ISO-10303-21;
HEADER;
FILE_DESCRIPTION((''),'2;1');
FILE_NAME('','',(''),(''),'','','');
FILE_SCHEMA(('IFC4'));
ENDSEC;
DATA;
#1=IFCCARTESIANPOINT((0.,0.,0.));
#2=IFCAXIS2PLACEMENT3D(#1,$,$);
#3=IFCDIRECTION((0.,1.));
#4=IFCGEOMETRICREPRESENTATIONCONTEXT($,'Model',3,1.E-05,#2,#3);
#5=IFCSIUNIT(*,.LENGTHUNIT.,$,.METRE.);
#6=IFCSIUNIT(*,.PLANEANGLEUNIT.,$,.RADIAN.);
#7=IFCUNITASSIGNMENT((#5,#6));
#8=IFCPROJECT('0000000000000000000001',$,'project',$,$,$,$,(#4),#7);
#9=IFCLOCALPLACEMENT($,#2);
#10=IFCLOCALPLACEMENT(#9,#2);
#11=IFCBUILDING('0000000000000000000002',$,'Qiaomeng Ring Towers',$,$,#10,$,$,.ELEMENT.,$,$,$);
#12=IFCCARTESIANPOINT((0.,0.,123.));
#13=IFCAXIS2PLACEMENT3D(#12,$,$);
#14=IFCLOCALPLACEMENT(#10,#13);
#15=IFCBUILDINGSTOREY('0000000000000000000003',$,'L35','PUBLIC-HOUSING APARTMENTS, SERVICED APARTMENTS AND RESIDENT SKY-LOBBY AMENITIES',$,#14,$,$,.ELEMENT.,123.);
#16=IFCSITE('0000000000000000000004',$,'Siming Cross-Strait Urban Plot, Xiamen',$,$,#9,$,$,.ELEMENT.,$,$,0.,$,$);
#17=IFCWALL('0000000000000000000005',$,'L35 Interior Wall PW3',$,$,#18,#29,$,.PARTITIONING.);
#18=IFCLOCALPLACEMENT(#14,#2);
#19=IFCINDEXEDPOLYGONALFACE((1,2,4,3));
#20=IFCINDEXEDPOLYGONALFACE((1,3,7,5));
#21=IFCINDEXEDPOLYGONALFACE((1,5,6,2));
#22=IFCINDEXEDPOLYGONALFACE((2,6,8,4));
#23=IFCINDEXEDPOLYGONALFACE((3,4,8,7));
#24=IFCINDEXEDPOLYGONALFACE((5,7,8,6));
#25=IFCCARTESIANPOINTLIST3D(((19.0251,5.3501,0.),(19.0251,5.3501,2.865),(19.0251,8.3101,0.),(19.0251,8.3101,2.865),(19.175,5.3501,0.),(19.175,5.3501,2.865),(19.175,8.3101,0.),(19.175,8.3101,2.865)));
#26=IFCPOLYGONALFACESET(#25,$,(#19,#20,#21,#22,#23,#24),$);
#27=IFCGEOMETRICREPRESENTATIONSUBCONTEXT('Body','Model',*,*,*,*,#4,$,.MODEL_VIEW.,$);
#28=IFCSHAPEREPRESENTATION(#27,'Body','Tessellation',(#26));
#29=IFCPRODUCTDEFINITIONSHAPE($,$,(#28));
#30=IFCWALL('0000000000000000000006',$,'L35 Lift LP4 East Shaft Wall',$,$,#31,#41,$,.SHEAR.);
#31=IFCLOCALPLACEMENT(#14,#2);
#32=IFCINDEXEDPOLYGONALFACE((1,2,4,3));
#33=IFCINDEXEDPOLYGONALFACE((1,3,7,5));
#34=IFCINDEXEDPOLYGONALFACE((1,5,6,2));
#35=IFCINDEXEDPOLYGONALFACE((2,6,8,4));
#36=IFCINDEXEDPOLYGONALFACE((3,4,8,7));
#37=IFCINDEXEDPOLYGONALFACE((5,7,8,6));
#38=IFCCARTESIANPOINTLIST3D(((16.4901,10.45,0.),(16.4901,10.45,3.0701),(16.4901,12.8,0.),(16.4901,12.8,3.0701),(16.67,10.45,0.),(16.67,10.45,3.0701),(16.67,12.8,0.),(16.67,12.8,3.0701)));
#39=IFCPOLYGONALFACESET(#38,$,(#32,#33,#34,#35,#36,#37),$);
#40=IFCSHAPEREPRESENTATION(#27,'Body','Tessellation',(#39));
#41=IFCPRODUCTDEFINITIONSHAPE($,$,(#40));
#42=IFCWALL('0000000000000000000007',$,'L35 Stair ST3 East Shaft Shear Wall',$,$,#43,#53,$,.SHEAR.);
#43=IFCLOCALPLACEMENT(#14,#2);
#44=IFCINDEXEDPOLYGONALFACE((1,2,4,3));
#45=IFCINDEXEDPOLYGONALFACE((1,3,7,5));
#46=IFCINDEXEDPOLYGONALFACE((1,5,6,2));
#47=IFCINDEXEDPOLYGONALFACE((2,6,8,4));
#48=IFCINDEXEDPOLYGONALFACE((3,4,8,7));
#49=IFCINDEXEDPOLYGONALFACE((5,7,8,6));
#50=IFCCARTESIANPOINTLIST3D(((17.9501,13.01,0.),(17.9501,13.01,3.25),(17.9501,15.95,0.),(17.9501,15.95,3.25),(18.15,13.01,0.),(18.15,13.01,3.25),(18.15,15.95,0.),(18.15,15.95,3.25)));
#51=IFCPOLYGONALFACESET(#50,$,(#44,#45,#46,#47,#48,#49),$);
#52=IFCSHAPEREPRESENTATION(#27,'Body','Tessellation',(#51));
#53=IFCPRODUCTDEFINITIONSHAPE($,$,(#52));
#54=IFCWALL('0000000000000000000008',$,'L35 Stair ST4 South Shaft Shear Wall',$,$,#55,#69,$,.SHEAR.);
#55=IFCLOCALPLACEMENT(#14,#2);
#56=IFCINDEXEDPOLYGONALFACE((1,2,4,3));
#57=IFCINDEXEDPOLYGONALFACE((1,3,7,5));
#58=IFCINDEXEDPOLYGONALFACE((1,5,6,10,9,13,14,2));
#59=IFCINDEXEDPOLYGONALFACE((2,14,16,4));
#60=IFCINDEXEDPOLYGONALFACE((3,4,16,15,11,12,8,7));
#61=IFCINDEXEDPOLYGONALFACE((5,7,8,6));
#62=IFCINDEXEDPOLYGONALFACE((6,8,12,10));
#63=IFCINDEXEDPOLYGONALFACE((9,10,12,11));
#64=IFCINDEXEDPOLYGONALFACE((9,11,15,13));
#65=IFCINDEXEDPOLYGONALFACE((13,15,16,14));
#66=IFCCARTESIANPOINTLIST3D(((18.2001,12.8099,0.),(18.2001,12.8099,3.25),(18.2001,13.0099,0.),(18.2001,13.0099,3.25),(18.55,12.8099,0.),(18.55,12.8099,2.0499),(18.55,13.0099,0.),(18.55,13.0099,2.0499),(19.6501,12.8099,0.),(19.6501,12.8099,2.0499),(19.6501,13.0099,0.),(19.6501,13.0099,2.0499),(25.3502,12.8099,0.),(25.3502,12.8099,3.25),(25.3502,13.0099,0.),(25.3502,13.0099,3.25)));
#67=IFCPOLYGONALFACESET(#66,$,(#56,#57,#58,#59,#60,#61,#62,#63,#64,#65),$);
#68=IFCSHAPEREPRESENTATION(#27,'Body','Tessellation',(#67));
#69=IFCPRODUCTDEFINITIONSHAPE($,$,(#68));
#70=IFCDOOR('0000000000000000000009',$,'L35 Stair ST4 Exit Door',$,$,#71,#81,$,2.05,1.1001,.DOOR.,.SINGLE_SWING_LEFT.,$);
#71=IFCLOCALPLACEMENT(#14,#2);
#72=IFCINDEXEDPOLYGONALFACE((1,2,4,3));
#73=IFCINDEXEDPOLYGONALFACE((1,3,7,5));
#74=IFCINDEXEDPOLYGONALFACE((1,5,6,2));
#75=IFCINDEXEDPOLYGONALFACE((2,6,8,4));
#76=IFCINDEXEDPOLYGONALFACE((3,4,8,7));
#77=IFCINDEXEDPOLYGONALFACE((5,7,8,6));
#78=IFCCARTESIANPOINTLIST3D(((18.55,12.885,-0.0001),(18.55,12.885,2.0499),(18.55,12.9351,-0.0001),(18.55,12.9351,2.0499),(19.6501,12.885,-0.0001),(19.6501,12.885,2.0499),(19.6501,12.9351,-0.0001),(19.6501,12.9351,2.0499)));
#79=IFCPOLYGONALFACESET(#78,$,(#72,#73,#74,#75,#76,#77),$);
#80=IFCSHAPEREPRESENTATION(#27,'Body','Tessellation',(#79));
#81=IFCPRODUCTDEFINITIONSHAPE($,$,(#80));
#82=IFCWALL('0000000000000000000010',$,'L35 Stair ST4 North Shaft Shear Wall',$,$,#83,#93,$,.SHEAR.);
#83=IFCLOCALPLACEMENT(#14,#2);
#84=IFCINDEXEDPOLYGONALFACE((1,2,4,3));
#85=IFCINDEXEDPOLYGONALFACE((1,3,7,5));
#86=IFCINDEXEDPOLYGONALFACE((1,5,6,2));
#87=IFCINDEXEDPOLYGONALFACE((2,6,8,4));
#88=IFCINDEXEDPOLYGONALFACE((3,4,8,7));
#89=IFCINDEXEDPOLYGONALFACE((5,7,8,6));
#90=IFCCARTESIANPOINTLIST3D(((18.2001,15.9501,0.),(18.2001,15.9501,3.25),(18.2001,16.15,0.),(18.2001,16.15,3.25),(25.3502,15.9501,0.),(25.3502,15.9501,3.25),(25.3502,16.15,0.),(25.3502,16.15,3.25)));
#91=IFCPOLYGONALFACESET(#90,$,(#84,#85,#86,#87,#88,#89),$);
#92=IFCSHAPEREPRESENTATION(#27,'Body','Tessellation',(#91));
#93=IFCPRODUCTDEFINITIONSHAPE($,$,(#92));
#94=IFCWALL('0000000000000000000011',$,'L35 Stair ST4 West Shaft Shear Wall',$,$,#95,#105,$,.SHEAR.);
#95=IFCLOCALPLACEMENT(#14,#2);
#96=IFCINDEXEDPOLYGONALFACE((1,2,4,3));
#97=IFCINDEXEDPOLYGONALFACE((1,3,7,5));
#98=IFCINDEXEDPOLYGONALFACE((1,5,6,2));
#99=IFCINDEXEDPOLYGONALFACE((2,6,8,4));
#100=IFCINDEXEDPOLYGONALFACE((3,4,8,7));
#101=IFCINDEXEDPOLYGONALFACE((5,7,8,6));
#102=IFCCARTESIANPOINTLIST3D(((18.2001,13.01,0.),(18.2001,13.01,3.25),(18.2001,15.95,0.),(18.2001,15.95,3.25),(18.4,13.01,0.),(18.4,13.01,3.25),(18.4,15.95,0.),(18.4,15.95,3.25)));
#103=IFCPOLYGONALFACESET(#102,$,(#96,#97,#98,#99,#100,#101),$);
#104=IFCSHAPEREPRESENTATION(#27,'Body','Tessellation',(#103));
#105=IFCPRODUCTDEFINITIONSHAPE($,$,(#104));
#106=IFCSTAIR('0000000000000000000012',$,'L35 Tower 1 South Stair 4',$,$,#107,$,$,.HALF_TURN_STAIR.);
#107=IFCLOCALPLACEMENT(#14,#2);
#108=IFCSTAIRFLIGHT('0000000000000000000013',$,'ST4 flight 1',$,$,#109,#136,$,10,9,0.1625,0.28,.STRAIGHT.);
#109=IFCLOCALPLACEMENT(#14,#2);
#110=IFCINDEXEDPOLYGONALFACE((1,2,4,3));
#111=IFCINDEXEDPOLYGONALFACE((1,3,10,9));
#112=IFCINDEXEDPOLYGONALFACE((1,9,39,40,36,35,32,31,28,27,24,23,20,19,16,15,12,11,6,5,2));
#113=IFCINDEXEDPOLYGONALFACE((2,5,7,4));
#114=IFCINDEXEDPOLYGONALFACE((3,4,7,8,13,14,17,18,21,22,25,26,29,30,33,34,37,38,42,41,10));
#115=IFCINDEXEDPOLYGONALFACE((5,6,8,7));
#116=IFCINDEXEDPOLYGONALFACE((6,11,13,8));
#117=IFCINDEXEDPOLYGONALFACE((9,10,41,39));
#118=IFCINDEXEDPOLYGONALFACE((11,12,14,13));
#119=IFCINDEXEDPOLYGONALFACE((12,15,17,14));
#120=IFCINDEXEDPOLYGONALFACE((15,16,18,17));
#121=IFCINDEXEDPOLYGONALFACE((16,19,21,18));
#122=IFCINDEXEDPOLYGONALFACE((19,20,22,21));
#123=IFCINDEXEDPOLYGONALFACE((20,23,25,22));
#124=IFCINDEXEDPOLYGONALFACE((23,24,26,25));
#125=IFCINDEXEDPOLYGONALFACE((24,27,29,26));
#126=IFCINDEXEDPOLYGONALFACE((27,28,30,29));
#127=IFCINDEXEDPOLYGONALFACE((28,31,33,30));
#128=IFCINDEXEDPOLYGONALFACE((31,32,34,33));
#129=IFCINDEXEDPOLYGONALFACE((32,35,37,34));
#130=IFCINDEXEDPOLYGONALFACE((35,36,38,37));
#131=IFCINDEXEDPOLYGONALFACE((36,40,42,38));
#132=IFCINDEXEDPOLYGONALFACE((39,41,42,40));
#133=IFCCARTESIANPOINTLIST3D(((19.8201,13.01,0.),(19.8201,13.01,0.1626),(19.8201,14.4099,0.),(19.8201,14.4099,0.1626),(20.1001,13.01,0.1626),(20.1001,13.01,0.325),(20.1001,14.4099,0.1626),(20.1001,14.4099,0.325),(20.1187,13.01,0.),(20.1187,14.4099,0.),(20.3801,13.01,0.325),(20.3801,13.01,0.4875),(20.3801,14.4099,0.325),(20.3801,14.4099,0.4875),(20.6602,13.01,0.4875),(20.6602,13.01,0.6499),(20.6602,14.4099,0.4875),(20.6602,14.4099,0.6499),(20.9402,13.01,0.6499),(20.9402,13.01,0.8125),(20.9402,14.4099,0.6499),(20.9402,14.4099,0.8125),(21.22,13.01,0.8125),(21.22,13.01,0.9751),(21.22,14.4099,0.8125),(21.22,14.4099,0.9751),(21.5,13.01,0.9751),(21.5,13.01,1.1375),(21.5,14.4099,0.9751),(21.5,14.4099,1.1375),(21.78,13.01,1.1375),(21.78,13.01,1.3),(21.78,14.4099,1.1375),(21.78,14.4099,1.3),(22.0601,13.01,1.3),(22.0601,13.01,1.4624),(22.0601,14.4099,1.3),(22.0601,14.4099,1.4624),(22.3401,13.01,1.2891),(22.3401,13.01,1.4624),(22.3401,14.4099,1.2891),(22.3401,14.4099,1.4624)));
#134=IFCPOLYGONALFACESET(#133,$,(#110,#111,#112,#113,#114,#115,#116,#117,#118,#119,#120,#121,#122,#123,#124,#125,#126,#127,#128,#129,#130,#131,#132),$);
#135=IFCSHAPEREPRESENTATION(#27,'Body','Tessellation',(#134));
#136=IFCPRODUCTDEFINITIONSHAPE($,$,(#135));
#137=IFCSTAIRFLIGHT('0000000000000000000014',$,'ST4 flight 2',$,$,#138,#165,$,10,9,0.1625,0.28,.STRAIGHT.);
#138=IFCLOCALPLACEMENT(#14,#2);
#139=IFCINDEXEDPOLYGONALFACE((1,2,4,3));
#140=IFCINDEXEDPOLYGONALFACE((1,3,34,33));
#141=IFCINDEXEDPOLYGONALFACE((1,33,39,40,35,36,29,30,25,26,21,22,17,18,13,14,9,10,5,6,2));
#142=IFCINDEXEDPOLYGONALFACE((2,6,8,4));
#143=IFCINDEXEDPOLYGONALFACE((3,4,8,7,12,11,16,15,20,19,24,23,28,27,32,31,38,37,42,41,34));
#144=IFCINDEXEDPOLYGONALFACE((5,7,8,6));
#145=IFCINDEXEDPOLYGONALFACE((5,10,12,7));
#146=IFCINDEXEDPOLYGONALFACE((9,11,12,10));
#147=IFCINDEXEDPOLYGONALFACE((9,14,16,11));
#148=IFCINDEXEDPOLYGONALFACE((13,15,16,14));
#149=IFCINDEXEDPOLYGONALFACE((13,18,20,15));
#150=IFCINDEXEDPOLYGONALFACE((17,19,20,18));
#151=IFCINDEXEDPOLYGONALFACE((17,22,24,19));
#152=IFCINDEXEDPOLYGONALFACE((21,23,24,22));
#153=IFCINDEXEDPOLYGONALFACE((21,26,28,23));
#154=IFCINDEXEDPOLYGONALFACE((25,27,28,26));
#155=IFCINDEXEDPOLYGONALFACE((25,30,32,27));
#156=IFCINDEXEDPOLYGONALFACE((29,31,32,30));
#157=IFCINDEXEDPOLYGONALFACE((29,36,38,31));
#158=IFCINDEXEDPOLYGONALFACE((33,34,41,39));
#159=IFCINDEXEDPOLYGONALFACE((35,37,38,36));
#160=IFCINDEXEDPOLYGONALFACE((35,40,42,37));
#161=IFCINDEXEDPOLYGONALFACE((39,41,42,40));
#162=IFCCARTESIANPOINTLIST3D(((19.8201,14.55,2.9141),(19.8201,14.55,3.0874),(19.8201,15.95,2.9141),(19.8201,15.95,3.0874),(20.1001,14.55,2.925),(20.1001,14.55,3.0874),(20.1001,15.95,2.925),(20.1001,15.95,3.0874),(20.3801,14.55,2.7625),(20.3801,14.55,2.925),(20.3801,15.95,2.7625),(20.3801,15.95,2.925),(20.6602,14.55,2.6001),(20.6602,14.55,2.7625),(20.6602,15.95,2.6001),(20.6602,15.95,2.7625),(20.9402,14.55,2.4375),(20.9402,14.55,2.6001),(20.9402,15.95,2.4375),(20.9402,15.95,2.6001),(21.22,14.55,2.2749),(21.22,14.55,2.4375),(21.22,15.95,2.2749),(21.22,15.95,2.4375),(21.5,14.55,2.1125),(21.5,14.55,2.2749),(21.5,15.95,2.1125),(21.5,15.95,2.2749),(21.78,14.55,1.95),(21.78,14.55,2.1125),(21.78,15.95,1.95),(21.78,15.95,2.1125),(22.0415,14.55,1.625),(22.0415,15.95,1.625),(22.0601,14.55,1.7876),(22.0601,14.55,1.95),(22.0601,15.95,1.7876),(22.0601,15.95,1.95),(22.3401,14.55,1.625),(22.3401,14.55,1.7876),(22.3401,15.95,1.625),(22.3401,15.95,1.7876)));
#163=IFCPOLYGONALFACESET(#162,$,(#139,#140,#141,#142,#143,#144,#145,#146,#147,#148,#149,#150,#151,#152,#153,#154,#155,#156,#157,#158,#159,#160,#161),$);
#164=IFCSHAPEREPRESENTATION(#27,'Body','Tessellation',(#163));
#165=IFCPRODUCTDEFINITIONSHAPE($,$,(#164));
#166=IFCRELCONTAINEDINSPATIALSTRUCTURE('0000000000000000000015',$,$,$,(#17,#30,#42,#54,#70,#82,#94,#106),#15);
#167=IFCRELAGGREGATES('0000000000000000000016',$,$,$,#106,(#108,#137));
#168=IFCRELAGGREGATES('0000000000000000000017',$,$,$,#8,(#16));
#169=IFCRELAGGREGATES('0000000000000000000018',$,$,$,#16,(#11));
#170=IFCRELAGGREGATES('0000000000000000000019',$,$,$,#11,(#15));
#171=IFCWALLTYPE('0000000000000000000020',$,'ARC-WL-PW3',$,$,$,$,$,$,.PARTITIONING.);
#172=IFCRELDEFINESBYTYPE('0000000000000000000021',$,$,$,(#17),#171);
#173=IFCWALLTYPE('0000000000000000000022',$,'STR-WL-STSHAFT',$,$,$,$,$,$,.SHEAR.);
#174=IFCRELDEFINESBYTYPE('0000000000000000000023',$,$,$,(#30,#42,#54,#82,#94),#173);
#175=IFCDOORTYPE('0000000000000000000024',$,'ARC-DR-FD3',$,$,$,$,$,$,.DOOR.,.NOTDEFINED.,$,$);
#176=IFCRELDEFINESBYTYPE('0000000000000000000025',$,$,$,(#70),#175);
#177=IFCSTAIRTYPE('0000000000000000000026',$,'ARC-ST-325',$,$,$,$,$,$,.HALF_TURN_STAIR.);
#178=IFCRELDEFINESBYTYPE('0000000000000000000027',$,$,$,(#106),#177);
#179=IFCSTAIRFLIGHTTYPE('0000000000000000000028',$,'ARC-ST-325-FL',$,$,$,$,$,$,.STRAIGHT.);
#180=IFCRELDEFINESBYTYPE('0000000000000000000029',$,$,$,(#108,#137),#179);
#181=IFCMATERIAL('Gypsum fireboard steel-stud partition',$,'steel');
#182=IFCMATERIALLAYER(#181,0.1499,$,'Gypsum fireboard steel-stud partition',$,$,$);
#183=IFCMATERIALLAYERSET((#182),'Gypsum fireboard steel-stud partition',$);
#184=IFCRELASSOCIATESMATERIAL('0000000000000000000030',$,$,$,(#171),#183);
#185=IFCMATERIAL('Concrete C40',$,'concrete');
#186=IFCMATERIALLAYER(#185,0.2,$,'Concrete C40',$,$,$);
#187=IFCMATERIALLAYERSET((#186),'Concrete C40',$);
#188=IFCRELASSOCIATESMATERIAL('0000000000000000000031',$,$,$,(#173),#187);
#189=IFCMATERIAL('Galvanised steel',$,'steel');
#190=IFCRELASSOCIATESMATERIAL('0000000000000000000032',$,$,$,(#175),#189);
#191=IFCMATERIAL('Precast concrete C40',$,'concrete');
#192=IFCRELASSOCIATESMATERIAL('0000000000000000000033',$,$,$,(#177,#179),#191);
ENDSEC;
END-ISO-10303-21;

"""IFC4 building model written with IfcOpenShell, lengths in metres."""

from ifc_helpers import new_model, si_unit, direction, frame, frame_2d, origin, place, context, subcontext, project, spatial, polyline, rectangle, outline, extrude, source, transform, mapped, material, layer, layer_set, type_object, element, fill, aggregate, save


model = new_model("IFC4")

# Units and contexts
model_context = context("Model", 3, precision=1e-05, world=origin(), true_north=direction((0.0, 1.0)))
body_context = subcontext(model_context, "Body", "Model", "MODEL_VIEW")
ifc_project = project(units=[si_unit("LENGTHUNIT", "METRE"), si_unit("PLANEANGLEUNIT", "RADIAN")], contexts=[model_context])

# Site, building, storey
site_placement = place(None, origin())
site = spatial("IfcSite", under=ifc_project, at=site_placement, Name="Siming Cross-Strait Urban Plot, Xiamen", CompositionType="ELEMENT", RefElevation=0.0)
building_placement = place(site_placement, origin())
building = spatial("IfcBuilding", under=site, at=building_placement, Name="Qiaomeng Ring Towers", CompositionType="ELEMENT")
storey_placement = place(building_placement, frame((0.0, 0.0, 123.0)))
storey = spatial("IfcBuildingStorey", under=building, at=storey_placement, Name="L35", Description="PUBLIC-HOUSING APARTMENTS, SERVICED APARTMENTS AND RESIDENT SKY-LOBBY AMENITIES", CompositionType="ELEMENT", Elevation=123.0)

# Walls
ifc_material_1 = material(Name="Gypsum fireboard steel-stud partition", Category="steel")
ifc_layer_1 = layer(ifc_material_1, 0.1499, Name="Gypsum fireboard steel-stud partition")
ifc_layer_set_1 = layer_set([ifc_layer_1], Name="Gypsum fireboard steel-stud partition")
wall_type_1 = type_object("IfcWallType", Name="ARC-WL-PW3", PredefinedType="PARTITIONING", material=ifc_layer_set_1)
wall_1_placement = place(storey_placement, frame((19.1001, 5.3501, 0.0), z_axis=(0.0, 0.0, 1.0), x_axis=(0.0, 1.0, 0.0)))
element("IfcWall", 1, at=wall_1_placement, inside=storey, type_object=wall_type_1, Name="L35 Interior Wall PW3", PredefinedType="PARTITIONING", context=body_context, shape_type="SweptSolid", body=[
    extrude(rectangle(XDim=2.96, YDim=0.1499, at=frame_2d((1.48, 0.0))), origin(), (0.0, 0.0, 1.0), 2.865),
])
ifc_material_2 = material(Name="Concrete C40", Category="concrete")
ifc_layer_2 = layer(ifc_material_2, 0.2, Name="Concrete C40")
ifc_layer_set_2 = layer_set([ifc_layer_2], Name="Concrete C40")
wall_type_2 = type_object("IfcWallType", Name="STR-WL-STSHAFT", PredefinedType="SHEAR", material=ifc_layer_set_2)
wall_2_placement = place(storey_placement, frame((16.5801, 10.45, 0.0), z_axis=(0.0, 0.0, 1.0), x_axis=(0.0, 1.0, 0.0)))
element("IfcWall", 2, at=wall_2_placement, inside=storey, type_object=wall_type_2, Name="L35 Lift LP4 East Shaft Wall", PredefinedType="SHEAR", context=body_context, shape_type="SweptSolid", body=[
    extrude(rectangle(XDim=2.3501, YDim=0.1799, at=frame_2d((1.175, 0.0))), origin(), (0.0, 0.0, 1.0), 3.0701),
])
wall_3_placement = place(storey_placement, frame((18.05, 13.01, 0.0), z_axis=(0.0, 0.0, 1.0), x_axis=(0.0, 1.0, 0.0)))
element("IfcWall", 3, at=wall_3_placement, inside=storey, type_object=wall_type_2, Name="L35 Stair ST3 East Shaft Shear Wall", PredefinedType="SHEAR", context=body_context, shape_type="SweptSolid", body=[
    extrude(rectangle(XDim=2.9399, YDim=0.2, at=frame_2d((1.47, 0.0))), origin(), (0.0, 0.0, 1.0), 3.25),
])

# Wall, opening, door
wall_4_placement = place(storey_placement, frame((18.2, 12.9099, 0.0), z_axis=(0.0, 0.0, 1.0), x_axis=(1.0, 0.0, 0.0)))
wall_4 = element("IfcWall", 4, at=wall_4_placement, inside=storey, type_object=wall_type_2, Name="L35 Stair ST4 South Shaft Shear Wall", PredefinedType="SHEAR", context=body_context, shape_type="SweptSolid", body=[
    extrude(rectangle(XDim=7.1501, YDim=0.2, at=frame_2d((3.5752, 0.0))), origin(), (0.0, 0.0, 1.0), 3.25),
])
opening_placement = place(wall_4_placement, frame((0.3501, 0.0, 0.0)))
opening = element("IfcOpeningElement", 5, at=opening_placement, cuts=wall_4, PredefinedType="OPENING", context=body_context, shape_type="SweptSolid", body=[
    extrude(rectangle(XDim=1.1001, YDim=2.05, at=frame_2d((0.55, 1.0249))), frame((0.0, 0.1099, 0.0), z_axis=(0.0, -1.0, 0.0), x_axis=(1.0, 0.0, 0.0)), (0.0, 0.0, 1.0), 0.22),
])
ifc_material_3 = material(Name="Galvanised steel", Category="steel")
door_type = type_object("IfcDoorType", Name="ARC-DR-FD3", OperationType="NOTDEFINED", PredefinedType="DOOR", material=ifc_material_3)
shared_shape_1 = source(origin(), body_context, "Body", "SweptSolid", [
    extrude(rectangle(XDim=1.1001, YDim=2.05, at=frame_2d((0.55, 1.0249))), frame((0.0, 0.0249, 0.0), z_axis=(0.0, -1.0, 0.0), x_axis=(1.0, 0.0, 0.0)), (0.0, 0.0, 1.0), 0.05),
])
door_placement = place(opening_placement, frame((1.1001, 0.0, 0.0), z_axis=(0.0, 0.0, 1.0), x_axis=(-1.0, 0.0, 0.0)))
door = element("IfcDoor", 6, at=door_placement, inside=storey, type_object=door_type, Name="L35 Stair ST4 Exit Door", OperationType="SINGLE_SWING_LEFT", OverallHeight=2.05, OverallWidth=1.1001, PredefinedType="DOOR", context=body_context, shape_type="MappedRepresentation", body=[
    mapped(shared_shape_1, transform((0.0, 0.0, 0.0), x_axis=(1.0, 0.0, 0.0), y_axis=(0.0, 1.0, 0.0), z_axis=(0.0, 0.0, 1.0), scale=1.0)),
])
fill(opening, door)

# Walls
wall_5_placement = place(storey_placement, frame((18.2, 16.05, 0.0), z_axis=(0.0, 0.0, 1.0), x_axis=(1.0, 0.0, 0.0)))
element("IfcWall", 7, at=wall_5_placement, inside=storey, type_object=wall_type_2, Name="L35 Stair ST4 North Shaft Shear Wall", PredefinedType="SHEAR", context=body_context, shape_type="SweptSolid", body=[
    extrude(rectangle(XDim=7.1501, YDim=0.2, at=frame_2d((3.5752, 0.0))), origin(), (0.0, 0.0, 1.0), 3.25),
])
wall_6_placement = place(storey_placement, frame((18.3, 13.01, 0.0), z_axis=(0.0, 0.0, 1.0), x_axis=(0.0, 1.0, 0.0)))
element("IfcWall", 8, at=wall_6_placement, inside=storey, type_object=wall_type_2, Name="L35 Stair ST4 West Shaft Shear Wall", PredefinedType="SHEAR", context=body_context, shape_type="SweptSolid", body=[
    extrude(rectangle(XDim=2.9399, YDim=0.2, at=frame_2d((1.47, 0.0))), origin(), (0.0, 0.0, 1.0), 3.25),
])

# Stair, stair flights
ifc_material_4 = material(Name="Precast concrete C40", Category="concrete")
stair_type = type_object("IfcStairType", Name="ARC-ST-325", PredefinedType="HALF_TURN_STAIR", material=ifc_material_4)
stair_placement = place(storey_placement, origin())
stair = element("IfcStair", 9, at=stair_placement, inside=storey, type_object=stair_type, Name="L35 Tower 1 South Stair 4", PredefinedType="HALF_TURN_STAIR")
stair_flight_type = type_object("IfcStairFlightType", Name="ARC-ST-325-FL", PredefinedType="STRAIGHT", material=ifc_material_4)
shared_shape_2 = source(origin(), body_context, "Body", "SweptSolid", [
    extrude(outline(polyline([(0.0, 0.0), (0.0, 0.1626), (0.28, 0.1626), (0.28, 0.325), (0.5601, 0.325), (0.5601, 0.4875), (0.8401, 0.4875), (0.8401, 0.6499), (1.1201, 0.6499), (1.1201, 0.8125), (1.3999, 0.8125), (1.3999, 0.9751), (1.6799, 0.9751), (1.6799, 1.1375), (1.96, 1.1375), (1.96, 1.3), (2.24, 1.3), (2.24, 1.4624), (2.52, 1.4624), (2.52, 1.625), (2.52, 1.2891), (0.2986, 0.0), (0.0, 0.0)])), frame((0.0, 0.7, 0.0), z_axis=(0.0, -1.0, 0.0), x_axis=(1.0, 0.0, 0.0)), (0.0, 0.0, 1.0), 1.3999),
])
stair_flight_1_placement = place(storey_placement, frame((19.8201, 13.71, 0.0), z_axis=(0.0, 0.0, 1.0), x_axis=(1.0, 0.0, 0.0)))
stair_flight_1 = element("IfcStairFlight", 10, at=stair_flight_1_placement, type_object=stair_flight_type, Name="ST4 flight 1", NumberOfRisers=10, NumberOfTreads=9, PredefinedType="STRAIGHT", RiserHeight=0.1625, TreadLength=0.28, context=body_context, shape_type="MappedRepresentation", body=[
    mapped(shared_shape_2, transform((0.0, 0.0, 0.0), x_axis=(1.0, 0.0, 0.0), y_axis=(0.0, 1.0, 0.0), z_axis=(0.0, 0.0, 1.0), scale=1.0)),
])
stair_flight_2_placement = place(storey_placement, frame((22.3401, 15.25, 1.625), z_axis=(0.0, 0.0, 1.0), x_axis=(-1.0, 0.0, 0.0)))
stair_flight_2 = element("IfcStairFlight", 11, at=stair_flight_2_placement, type_object=stair_flight_type, Name="ST4 flight 2", NumberOfRisers=10, NumberOfTreads=9, PredefinedType="STRAIGHT", RiserHeight=0.1625, TreadLength=0.28, context=body_context, shape_type="MappedRepresentation", body=[
    mapped(shared_shape_2, transform((0.0, 0.0, 0.0), x_axis=(1.0, 0.0, 0.0), y_axis=(0.0, 1.0, 0.0), z_axis=(0.0, 0.0, 1.0), scale=1.0)),
])
aggregate(stair, [stair_flight_1, stair_flight_2])

save(model, "model.ifc")
